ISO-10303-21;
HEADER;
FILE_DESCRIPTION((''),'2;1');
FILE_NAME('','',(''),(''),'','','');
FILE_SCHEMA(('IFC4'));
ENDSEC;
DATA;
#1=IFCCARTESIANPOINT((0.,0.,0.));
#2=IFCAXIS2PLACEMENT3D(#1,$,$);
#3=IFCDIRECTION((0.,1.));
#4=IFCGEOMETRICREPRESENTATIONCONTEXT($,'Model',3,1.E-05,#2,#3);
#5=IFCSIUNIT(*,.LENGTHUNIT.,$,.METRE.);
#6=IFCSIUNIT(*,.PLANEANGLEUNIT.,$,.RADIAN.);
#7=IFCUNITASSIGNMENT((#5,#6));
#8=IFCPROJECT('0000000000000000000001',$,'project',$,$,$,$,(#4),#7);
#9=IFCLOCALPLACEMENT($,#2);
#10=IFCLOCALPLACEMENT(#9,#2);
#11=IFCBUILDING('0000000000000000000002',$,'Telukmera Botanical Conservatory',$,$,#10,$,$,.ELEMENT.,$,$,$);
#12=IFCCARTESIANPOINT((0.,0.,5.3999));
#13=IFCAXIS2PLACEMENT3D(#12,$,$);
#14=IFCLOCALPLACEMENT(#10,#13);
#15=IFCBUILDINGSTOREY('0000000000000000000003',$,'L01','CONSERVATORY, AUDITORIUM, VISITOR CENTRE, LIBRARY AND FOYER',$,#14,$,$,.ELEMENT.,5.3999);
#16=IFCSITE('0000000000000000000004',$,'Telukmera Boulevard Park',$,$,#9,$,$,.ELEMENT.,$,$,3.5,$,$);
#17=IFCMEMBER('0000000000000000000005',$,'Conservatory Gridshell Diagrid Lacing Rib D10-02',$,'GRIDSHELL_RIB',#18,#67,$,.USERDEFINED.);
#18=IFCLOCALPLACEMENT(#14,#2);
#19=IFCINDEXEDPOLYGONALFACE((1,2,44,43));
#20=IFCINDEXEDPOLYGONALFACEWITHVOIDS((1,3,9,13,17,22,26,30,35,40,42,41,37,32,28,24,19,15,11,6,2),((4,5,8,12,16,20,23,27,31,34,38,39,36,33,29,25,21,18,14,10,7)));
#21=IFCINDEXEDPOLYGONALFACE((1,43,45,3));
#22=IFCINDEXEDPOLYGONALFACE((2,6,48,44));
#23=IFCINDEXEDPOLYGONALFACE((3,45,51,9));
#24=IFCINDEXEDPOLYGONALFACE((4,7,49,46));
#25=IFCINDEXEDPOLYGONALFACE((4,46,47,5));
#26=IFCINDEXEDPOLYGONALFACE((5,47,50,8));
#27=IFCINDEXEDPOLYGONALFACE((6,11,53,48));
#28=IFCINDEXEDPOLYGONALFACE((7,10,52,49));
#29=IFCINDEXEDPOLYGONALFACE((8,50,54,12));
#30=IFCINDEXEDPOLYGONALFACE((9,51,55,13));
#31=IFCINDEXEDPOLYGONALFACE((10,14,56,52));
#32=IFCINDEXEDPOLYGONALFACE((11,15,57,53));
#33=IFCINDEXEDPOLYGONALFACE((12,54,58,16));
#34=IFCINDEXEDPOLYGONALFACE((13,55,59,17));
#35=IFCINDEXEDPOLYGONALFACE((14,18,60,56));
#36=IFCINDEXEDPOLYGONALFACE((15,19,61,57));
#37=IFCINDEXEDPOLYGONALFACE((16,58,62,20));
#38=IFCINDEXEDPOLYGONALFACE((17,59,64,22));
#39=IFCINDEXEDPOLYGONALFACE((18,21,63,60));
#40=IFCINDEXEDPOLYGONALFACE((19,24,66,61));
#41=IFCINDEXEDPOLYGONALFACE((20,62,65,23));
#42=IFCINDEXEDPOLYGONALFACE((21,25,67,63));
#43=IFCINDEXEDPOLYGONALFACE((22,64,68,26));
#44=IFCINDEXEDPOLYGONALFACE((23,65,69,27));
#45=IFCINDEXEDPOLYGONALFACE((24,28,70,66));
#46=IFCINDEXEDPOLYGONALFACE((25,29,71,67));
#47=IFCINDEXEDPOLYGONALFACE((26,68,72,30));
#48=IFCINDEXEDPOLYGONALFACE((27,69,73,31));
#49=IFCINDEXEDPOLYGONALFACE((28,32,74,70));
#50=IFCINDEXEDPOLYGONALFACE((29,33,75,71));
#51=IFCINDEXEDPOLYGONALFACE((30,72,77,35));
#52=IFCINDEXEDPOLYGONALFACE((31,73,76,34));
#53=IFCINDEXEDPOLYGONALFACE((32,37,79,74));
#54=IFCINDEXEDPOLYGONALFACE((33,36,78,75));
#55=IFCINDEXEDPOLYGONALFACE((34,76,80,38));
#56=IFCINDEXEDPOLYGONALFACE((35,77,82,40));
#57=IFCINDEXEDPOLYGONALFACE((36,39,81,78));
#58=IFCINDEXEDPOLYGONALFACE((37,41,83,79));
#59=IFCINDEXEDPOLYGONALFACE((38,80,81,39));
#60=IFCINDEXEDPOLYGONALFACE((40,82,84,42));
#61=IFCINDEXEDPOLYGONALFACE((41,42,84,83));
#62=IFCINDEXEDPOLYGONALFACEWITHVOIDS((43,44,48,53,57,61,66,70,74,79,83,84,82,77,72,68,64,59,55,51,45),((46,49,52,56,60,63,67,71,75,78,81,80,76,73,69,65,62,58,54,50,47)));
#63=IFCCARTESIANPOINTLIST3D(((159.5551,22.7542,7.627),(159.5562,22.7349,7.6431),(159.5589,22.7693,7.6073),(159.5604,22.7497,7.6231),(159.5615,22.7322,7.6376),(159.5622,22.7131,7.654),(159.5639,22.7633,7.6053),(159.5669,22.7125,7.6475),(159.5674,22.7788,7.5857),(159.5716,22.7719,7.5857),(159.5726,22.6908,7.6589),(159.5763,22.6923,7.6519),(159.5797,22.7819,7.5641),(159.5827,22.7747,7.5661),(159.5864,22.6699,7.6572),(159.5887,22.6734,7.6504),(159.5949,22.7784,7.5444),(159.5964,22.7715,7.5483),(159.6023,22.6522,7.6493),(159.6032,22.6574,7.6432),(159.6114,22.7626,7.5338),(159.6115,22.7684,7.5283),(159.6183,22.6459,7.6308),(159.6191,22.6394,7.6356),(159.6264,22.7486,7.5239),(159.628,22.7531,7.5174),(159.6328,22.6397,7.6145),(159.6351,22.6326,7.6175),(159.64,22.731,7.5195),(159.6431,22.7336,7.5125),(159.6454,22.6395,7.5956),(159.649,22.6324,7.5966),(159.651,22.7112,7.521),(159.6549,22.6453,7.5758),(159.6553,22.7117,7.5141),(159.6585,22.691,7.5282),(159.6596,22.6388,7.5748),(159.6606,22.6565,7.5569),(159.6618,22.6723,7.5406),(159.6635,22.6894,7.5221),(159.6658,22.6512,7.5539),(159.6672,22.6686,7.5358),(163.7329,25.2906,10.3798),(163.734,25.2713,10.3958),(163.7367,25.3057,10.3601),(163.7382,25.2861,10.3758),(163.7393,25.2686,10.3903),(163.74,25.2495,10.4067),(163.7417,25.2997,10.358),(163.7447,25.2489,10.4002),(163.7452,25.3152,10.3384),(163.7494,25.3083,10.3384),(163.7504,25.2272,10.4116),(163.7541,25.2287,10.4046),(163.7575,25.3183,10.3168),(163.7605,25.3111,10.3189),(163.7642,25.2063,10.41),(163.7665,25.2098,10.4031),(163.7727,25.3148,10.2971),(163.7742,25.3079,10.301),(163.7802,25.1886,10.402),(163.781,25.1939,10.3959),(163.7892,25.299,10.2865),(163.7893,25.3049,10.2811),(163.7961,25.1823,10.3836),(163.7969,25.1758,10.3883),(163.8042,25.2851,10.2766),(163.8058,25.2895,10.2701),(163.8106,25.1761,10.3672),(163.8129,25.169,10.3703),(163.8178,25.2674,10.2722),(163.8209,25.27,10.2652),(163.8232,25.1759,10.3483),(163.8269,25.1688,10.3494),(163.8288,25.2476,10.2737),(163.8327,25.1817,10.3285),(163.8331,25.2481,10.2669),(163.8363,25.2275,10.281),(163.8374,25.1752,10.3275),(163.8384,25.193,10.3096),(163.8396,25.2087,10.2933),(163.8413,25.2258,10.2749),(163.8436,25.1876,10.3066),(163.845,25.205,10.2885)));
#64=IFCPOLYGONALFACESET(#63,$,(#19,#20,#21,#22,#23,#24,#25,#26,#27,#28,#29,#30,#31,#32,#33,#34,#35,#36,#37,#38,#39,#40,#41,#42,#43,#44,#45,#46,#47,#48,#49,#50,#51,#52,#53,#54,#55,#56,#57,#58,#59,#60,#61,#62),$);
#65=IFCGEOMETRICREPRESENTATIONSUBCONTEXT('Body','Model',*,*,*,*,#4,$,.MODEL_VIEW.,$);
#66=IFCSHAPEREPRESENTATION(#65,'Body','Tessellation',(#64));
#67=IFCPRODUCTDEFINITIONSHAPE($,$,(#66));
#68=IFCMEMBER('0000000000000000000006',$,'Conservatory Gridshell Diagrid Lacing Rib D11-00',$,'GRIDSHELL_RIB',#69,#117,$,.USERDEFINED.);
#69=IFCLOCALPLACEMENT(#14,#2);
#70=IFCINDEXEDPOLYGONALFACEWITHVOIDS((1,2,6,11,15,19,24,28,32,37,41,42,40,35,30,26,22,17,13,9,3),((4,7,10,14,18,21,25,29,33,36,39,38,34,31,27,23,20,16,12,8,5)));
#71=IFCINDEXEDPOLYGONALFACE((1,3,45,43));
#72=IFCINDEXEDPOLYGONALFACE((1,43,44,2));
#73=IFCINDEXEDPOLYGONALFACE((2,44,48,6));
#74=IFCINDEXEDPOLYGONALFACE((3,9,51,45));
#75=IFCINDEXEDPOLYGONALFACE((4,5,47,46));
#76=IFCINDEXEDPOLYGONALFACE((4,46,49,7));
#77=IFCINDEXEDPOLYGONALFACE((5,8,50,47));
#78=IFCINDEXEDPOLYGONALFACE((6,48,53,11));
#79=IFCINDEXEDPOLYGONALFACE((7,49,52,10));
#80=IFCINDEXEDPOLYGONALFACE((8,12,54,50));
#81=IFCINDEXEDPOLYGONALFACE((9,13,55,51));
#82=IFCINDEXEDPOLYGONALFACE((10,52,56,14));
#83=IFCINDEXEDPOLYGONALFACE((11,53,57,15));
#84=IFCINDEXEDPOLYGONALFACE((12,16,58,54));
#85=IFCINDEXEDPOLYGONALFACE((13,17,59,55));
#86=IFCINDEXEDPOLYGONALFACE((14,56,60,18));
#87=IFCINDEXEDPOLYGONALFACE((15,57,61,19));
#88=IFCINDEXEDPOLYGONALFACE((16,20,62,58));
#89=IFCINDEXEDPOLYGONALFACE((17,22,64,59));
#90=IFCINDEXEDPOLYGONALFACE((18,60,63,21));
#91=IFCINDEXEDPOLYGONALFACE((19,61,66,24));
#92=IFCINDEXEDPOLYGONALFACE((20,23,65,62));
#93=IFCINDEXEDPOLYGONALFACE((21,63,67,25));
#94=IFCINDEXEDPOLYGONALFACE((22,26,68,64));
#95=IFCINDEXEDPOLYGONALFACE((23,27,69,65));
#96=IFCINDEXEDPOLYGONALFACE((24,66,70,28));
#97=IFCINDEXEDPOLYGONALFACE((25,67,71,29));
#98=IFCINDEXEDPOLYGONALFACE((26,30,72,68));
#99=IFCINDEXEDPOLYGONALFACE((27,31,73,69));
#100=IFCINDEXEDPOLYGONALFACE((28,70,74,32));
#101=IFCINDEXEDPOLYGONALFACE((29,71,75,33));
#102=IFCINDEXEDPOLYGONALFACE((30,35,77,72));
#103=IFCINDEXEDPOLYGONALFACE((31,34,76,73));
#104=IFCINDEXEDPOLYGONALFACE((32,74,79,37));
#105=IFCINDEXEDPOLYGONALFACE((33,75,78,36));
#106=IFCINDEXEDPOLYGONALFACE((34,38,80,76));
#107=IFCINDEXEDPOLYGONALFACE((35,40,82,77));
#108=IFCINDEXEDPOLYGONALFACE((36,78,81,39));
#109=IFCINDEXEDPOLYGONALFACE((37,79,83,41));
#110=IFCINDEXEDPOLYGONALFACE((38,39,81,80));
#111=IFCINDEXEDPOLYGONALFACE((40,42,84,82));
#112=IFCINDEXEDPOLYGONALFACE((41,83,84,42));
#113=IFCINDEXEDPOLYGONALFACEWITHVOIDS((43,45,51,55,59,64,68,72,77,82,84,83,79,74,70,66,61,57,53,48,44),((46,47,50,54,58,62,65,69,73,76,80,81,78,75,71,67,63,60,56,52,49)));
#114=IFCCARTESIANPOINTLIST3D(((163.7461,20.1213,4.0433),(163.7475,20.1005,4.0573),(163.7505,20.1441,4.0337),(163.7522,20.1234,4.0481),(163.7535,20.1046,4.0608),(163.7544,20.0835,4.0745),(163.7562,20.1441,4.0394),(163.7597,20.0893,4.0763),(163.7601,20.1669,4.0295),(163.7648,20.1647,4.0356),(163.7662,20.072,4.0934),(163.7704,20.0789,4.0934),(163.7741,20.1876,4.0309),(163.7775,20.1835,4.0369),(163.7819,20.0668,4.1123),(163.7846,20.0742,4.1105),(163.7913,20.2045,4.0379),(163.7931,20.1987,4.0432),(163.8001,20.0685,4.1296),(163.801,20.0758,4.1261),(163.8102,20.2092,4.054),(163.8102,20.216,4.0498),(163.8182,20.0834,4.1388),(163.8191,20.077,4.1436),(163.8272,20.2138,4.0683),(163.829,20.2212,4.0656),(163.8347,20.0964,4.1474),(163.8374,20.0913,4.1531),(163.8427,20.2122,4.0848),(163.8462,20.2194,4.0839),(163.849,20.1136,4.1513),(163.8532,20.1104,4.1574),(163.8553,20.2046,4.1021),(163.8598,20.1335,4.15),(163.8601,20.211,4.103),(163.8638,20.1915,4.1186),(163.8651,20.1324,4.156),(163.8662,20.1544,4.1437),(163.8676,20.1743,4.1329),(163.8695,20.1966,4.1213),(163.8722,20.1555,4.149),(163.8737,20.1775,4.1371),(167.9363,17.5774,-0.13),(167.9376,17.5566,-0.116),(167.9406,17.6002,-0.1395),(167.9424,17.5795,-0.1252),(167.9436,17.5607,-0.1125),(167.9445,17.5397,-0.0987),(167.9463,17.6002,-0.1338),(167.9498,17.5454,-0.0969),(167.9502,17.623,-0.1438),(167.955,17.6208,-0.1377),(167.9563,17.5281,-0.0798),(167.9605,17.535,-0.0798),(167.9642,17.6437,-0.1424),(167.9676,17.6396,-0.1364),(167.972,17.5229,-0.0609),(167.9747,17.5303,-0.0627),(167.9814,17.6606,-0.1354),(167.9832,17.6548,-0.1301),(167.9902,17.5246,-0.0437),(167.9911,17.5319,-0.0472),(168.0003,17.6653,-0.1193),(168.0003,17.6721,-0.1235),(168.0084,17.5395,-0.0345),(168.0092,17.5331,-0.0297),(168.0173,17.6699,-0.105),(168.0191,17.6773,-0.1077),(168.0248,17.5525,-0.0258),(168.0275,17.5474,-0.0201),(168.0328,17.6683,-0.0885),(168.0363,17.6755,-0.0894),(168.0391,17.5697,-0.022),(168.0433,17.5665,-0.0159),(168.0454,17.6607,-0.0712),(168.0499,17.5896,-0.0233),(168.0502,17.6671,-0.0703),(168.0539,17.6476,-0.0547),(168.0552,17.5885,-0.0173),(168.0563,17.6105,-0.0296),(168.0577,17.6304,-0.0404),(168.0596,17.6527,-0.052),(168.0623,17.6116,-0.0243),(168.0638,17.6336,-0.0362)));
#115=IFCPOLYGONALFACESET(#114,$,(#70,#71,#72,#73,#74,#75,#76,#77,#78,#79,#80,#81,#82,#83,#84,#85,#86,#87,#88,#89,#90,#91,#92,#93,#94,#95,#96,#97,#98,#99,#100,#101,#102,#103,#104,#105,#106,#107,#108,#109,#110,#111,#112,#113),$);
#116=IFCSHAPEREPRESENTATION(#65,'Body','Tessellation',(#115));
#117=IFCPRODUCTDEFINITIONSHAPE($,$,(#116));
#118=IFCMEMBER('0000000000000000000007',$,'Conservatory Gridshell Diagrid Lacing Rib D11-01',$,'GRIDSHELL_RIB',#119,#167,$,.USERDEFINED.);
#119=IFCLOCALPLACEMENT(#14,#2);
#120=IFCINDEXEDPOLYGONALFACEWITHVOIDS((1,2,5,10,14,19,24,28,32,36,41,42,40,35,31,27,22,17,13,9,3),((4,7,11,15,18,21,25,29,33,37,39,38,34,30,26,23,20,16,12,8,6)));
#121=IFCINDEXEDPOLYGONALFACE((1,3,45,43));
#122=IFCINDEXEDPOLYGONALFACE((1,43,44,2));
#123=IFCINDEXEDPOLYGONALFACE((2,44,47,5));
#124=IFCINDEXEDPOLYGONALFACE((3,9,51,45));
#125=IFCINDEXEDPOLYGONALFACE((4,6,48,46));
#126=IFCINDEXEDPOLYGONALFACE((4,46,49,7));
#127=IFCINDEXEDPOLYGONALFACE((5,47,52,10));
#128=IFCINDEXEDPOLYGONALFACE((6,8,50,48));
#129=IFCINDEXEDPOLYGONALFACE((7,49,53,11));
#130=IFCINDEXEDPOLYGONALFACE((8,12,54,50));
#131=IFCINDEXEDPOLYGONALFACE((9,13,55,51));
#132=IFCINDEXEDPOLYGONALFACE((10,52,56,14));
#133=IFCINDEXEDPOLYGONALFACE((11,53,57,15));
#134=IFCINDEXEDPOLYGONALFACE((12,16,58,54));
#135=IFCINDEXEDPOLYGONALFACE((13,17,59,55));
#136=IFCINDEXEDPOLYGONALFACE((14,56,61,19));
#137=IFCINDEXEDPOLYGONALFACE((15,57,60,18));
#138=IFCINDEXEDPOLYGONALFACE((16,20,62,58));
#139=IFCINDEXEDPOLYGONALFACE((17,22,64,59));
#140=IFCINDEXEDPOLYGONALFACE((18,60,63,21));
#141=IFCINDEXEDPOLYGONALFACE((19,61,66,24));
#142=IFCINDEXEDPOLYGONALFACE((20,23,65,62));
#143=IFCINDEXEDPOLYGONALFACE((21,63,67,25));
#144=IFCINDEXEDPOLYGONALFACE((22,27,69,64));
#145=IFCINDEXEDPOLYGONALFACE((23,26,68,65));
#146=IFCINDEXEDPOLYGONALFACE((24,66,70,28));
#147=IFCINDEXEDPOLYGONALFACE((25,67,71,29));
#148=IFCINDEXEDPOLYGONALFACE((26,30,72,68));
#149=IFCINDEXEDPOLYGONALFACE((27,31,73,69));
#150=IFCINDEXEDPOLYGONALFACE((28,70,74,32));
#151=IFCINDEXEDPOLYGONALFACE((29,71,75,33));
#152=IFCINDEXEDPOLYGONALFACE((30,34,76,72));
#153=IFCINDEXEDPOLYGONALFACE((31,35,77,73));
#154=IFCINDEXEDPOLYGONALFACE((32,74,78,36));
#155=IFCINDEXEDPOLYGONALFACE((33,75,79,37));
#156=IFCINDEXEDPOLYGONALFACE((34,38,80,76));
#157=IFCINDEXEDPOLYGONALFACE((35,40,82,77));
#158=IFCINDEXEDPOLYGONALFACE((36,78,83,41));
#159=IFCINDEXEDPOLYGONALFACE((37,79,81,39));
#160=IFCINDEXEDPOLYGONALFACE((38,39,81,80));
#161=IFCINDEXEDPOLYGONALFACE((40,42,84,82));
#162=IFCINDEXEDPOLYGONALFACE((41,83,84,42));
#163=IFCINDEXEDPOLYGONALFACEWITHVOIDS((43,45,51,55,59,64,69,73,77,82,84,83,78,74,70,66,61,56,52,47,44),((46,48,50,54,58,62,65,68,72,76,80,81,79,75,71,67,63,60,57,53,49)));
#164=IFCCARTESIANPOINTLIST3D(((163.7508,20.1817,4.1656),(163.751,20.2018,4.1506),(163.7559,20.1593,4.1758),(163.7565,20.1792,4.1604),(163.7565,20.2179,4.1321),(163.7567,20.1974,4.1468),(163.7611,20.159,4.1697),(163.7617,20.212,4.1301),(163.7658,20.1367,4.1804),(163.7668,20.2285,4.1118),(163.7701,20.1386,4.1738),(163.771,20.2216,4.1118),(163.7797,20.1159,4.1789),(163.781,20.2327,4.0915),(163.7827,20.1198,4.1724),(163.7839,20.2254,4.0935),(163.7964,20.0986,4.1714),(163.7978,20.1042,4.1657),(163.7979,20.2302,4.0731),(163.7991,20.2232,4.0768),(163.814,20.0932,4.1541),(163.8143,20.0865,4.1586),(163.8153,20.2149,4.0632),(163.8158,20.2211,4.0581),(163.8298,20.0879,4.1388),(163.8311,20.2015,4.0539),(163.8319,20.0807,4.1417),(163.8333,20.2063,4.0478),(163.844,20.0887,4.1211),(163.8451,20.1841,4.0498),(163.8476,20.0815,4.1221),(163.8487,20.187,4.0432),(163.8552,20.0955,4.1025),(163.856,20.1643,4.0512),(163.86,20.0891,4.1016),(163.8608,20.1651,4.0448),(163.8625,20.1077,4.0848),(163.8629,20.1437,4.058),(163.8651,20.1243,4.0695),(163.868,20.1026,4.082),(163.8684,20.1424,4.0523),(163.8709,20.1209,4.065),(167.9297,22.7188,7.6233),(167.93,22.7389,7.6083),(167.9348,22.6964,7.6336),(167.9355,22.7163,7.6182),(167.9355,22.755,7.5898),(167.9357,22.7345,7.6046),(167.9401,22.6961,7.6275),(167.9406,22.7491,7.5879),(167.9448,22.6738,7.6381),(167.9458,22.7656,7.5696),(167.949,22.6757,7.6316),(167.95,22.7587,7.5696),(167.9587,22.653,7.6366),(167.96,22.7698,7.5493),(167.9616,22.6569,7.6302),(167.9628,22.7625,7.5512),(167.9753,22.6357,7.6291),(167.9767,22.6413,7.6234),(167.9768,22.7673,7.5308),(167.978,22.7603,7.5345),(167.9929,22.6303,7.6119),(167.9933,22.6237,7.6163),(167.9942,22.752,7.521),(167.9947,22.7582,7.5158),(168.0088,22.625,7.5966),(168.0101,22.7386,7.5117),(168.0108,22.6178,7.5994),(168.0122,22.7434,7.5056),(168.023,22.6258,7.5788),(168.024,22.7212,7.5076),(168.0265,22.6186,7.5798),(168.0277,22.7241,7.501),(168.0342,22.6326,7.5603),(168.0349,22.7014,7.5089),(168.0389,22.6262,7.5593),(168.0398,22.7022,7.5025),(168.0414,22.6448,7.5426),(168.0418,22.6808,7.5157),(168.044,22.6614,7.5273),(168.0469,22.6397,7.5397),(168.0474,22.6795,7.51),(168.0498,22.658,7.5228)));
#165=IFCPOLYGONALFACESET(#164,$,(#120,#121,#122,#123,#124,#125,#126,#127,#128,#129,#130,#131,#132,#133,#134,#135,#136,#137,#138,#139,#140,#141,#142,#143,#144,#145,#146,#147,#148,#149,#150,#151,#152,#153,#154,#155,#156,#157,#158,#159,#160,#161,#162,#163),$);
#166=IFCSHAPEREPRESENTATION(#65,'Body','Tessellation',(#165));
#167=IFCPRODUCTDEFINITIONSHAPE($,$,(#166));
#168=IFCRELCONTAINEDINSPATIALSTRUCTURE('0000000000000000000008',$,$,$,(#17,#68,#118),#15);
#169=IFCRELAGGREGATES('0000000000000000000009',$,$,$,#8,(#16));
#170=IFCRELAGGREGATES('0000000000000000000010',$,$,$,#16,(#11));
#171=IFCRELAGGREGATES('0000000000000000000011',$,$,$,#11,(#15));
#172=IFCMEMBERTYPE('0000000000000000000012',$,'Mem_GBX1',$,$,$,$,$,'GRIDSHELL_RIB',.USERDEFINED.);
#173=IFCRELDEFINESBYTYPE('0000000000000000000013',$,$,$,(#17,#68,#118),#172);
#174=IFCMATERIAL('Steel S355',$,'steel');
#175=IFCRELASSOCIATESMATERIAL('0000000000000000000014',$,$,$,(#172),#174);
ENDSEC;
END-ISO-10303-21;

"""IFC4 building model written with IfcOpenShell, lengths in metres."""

from ifc_helpers import new_model, si_unit, direction, frame, origin, origin_2d, place, context, subcontext, project, spatial, hollow_circle, extrude, material, material_profile, profile_set, type_object, element, save


model = new_model("IFC4")

# Units and contexts
model_context = context("Model", 3, precision=1e-05, world=origin(), true_north=direction((0.0, 1.0)))
body_context = subcontext(model_context, "Body", "Model", "MODEL_VIEW")
ifc_project = project(units=[si_unit("LENGTHUNIT", "METRE"), si_unit("PLANEANGLEUNIT", "RADIAN")], contexts=[model_context])

# Site, building, storey
site_placement = place(None, origin())
site = spatial("IfcSite", under=ifc_project, at=site_placement, Name="Telukmera Boulevard Park", CompositionType="ELEMENT", RefElevation=3.5)
building_placement = place(site_placement, origin())
building = spatial("IfcBuilding", under=site, at=building_placement, Name="Telukmera Botanical Conservatory", CompositionType="ELEMENT")
storey_placement = place(building_placement, frame((0.0, 0.0, 5.3999)))
storey = spatial("IfcBuildingStorey", under=building, at=storey_placement, Name="L01", Description="CONSERVATORY, AUDITORIUM, VISITOR CENTRE, LIBRARY AND FOYER", CompositionType="ELEMENT", Elevation=5.3999)

# Shared definitions
ifc_material_1 = material(Name="Steel S355", Category="steel")

# Members
ifc_material_profile_1 = material_profile(ifc_material_1, hollow_circle(Radius=0.0842, WallThickness=0.0081, at=origin_2d()), Name="CHS 168.3x8.0")
ifc_profile_set_1 = profile_set([ifc_material_profile_1], Name="Steel S355")
member_type_1 = type_object("IfcMemberType", Name="Mem_GBX1", ElementType="GRIDSHELL_RIB", PredefinedType="USERDEFINED", material=ifc_profile_set_1)
member_1_placement = place(storey_placement, frame((159.6111, 22.7068, 7.5857), z_axis=(0.744791, 0.452176, 0.490738), x_axis=(-0.518962, 0.854797, 0.0)))
element("IfcMember", 1, at=member_1_placement, inside=storey, type_object=member_type_1, Name="Conservatory Gridshell Diagrid Lacing Rib D10-02", ObjectType="GRIDSHELL_RIB", PredefinedType="USERDEFINED", context=body_context, shape_type="SweptSolid", body=[
    extrude(hollow_circle(Radius=0.0842, WallThickness=0.0081, at=origin_2d()), origin(), (0.0, 0.0, 1.0), 5.6094),
])
member_2_placement = place(storey_placement, frame((168.0, 17.6001, -0.0798), z_axis=(-0.650866, 0.395154, 0.648249), x_axis=(-0.518964, -0.854796, 0.0)))
element("IfcMember", 2, at=member_2_placement, inside=storey, type_object=member_type_1, Name="Conservatory Gridshell Diagrid Lacing Rib D11-00", ObjectType="GRIDSHELL_RIB", PredefinedType="USERDEFINED", context=body_context, shape_type="SweptSolid", body=[
    extrude(hollow_circle(Radius=0.0842, WallThickness=0.0081, at=origin_2d()), origin(), (0.0, 0.0, 1.0), 6.4377),
])
member_3_placement = place(storey_placement, frame((163.8105, 20.1565, 4.1118), z_axis=(0.697883, 0.423696, 0.577444), x_axis=(-0.518961, 0.854798, 0.0)))
element("IfcMember", 3, at=member_3_placement, inside=storey, type_object=member_type_1, Name="Conservatory Gridshell Diagrid Lacing Rib D11-01", ObjectType="GRIDSHELL_RIB", PredefinedType="USERDEFINED", context=body_context, shape_type="SweptSolid", body=[
    extrude(hollow_circle(Radius=0.0842, WallThickness=0.0081, at=origin_2d()), origin(), (0.0, 0.0, 1.0), 5.988),
])

save(model, "model.ifc")
